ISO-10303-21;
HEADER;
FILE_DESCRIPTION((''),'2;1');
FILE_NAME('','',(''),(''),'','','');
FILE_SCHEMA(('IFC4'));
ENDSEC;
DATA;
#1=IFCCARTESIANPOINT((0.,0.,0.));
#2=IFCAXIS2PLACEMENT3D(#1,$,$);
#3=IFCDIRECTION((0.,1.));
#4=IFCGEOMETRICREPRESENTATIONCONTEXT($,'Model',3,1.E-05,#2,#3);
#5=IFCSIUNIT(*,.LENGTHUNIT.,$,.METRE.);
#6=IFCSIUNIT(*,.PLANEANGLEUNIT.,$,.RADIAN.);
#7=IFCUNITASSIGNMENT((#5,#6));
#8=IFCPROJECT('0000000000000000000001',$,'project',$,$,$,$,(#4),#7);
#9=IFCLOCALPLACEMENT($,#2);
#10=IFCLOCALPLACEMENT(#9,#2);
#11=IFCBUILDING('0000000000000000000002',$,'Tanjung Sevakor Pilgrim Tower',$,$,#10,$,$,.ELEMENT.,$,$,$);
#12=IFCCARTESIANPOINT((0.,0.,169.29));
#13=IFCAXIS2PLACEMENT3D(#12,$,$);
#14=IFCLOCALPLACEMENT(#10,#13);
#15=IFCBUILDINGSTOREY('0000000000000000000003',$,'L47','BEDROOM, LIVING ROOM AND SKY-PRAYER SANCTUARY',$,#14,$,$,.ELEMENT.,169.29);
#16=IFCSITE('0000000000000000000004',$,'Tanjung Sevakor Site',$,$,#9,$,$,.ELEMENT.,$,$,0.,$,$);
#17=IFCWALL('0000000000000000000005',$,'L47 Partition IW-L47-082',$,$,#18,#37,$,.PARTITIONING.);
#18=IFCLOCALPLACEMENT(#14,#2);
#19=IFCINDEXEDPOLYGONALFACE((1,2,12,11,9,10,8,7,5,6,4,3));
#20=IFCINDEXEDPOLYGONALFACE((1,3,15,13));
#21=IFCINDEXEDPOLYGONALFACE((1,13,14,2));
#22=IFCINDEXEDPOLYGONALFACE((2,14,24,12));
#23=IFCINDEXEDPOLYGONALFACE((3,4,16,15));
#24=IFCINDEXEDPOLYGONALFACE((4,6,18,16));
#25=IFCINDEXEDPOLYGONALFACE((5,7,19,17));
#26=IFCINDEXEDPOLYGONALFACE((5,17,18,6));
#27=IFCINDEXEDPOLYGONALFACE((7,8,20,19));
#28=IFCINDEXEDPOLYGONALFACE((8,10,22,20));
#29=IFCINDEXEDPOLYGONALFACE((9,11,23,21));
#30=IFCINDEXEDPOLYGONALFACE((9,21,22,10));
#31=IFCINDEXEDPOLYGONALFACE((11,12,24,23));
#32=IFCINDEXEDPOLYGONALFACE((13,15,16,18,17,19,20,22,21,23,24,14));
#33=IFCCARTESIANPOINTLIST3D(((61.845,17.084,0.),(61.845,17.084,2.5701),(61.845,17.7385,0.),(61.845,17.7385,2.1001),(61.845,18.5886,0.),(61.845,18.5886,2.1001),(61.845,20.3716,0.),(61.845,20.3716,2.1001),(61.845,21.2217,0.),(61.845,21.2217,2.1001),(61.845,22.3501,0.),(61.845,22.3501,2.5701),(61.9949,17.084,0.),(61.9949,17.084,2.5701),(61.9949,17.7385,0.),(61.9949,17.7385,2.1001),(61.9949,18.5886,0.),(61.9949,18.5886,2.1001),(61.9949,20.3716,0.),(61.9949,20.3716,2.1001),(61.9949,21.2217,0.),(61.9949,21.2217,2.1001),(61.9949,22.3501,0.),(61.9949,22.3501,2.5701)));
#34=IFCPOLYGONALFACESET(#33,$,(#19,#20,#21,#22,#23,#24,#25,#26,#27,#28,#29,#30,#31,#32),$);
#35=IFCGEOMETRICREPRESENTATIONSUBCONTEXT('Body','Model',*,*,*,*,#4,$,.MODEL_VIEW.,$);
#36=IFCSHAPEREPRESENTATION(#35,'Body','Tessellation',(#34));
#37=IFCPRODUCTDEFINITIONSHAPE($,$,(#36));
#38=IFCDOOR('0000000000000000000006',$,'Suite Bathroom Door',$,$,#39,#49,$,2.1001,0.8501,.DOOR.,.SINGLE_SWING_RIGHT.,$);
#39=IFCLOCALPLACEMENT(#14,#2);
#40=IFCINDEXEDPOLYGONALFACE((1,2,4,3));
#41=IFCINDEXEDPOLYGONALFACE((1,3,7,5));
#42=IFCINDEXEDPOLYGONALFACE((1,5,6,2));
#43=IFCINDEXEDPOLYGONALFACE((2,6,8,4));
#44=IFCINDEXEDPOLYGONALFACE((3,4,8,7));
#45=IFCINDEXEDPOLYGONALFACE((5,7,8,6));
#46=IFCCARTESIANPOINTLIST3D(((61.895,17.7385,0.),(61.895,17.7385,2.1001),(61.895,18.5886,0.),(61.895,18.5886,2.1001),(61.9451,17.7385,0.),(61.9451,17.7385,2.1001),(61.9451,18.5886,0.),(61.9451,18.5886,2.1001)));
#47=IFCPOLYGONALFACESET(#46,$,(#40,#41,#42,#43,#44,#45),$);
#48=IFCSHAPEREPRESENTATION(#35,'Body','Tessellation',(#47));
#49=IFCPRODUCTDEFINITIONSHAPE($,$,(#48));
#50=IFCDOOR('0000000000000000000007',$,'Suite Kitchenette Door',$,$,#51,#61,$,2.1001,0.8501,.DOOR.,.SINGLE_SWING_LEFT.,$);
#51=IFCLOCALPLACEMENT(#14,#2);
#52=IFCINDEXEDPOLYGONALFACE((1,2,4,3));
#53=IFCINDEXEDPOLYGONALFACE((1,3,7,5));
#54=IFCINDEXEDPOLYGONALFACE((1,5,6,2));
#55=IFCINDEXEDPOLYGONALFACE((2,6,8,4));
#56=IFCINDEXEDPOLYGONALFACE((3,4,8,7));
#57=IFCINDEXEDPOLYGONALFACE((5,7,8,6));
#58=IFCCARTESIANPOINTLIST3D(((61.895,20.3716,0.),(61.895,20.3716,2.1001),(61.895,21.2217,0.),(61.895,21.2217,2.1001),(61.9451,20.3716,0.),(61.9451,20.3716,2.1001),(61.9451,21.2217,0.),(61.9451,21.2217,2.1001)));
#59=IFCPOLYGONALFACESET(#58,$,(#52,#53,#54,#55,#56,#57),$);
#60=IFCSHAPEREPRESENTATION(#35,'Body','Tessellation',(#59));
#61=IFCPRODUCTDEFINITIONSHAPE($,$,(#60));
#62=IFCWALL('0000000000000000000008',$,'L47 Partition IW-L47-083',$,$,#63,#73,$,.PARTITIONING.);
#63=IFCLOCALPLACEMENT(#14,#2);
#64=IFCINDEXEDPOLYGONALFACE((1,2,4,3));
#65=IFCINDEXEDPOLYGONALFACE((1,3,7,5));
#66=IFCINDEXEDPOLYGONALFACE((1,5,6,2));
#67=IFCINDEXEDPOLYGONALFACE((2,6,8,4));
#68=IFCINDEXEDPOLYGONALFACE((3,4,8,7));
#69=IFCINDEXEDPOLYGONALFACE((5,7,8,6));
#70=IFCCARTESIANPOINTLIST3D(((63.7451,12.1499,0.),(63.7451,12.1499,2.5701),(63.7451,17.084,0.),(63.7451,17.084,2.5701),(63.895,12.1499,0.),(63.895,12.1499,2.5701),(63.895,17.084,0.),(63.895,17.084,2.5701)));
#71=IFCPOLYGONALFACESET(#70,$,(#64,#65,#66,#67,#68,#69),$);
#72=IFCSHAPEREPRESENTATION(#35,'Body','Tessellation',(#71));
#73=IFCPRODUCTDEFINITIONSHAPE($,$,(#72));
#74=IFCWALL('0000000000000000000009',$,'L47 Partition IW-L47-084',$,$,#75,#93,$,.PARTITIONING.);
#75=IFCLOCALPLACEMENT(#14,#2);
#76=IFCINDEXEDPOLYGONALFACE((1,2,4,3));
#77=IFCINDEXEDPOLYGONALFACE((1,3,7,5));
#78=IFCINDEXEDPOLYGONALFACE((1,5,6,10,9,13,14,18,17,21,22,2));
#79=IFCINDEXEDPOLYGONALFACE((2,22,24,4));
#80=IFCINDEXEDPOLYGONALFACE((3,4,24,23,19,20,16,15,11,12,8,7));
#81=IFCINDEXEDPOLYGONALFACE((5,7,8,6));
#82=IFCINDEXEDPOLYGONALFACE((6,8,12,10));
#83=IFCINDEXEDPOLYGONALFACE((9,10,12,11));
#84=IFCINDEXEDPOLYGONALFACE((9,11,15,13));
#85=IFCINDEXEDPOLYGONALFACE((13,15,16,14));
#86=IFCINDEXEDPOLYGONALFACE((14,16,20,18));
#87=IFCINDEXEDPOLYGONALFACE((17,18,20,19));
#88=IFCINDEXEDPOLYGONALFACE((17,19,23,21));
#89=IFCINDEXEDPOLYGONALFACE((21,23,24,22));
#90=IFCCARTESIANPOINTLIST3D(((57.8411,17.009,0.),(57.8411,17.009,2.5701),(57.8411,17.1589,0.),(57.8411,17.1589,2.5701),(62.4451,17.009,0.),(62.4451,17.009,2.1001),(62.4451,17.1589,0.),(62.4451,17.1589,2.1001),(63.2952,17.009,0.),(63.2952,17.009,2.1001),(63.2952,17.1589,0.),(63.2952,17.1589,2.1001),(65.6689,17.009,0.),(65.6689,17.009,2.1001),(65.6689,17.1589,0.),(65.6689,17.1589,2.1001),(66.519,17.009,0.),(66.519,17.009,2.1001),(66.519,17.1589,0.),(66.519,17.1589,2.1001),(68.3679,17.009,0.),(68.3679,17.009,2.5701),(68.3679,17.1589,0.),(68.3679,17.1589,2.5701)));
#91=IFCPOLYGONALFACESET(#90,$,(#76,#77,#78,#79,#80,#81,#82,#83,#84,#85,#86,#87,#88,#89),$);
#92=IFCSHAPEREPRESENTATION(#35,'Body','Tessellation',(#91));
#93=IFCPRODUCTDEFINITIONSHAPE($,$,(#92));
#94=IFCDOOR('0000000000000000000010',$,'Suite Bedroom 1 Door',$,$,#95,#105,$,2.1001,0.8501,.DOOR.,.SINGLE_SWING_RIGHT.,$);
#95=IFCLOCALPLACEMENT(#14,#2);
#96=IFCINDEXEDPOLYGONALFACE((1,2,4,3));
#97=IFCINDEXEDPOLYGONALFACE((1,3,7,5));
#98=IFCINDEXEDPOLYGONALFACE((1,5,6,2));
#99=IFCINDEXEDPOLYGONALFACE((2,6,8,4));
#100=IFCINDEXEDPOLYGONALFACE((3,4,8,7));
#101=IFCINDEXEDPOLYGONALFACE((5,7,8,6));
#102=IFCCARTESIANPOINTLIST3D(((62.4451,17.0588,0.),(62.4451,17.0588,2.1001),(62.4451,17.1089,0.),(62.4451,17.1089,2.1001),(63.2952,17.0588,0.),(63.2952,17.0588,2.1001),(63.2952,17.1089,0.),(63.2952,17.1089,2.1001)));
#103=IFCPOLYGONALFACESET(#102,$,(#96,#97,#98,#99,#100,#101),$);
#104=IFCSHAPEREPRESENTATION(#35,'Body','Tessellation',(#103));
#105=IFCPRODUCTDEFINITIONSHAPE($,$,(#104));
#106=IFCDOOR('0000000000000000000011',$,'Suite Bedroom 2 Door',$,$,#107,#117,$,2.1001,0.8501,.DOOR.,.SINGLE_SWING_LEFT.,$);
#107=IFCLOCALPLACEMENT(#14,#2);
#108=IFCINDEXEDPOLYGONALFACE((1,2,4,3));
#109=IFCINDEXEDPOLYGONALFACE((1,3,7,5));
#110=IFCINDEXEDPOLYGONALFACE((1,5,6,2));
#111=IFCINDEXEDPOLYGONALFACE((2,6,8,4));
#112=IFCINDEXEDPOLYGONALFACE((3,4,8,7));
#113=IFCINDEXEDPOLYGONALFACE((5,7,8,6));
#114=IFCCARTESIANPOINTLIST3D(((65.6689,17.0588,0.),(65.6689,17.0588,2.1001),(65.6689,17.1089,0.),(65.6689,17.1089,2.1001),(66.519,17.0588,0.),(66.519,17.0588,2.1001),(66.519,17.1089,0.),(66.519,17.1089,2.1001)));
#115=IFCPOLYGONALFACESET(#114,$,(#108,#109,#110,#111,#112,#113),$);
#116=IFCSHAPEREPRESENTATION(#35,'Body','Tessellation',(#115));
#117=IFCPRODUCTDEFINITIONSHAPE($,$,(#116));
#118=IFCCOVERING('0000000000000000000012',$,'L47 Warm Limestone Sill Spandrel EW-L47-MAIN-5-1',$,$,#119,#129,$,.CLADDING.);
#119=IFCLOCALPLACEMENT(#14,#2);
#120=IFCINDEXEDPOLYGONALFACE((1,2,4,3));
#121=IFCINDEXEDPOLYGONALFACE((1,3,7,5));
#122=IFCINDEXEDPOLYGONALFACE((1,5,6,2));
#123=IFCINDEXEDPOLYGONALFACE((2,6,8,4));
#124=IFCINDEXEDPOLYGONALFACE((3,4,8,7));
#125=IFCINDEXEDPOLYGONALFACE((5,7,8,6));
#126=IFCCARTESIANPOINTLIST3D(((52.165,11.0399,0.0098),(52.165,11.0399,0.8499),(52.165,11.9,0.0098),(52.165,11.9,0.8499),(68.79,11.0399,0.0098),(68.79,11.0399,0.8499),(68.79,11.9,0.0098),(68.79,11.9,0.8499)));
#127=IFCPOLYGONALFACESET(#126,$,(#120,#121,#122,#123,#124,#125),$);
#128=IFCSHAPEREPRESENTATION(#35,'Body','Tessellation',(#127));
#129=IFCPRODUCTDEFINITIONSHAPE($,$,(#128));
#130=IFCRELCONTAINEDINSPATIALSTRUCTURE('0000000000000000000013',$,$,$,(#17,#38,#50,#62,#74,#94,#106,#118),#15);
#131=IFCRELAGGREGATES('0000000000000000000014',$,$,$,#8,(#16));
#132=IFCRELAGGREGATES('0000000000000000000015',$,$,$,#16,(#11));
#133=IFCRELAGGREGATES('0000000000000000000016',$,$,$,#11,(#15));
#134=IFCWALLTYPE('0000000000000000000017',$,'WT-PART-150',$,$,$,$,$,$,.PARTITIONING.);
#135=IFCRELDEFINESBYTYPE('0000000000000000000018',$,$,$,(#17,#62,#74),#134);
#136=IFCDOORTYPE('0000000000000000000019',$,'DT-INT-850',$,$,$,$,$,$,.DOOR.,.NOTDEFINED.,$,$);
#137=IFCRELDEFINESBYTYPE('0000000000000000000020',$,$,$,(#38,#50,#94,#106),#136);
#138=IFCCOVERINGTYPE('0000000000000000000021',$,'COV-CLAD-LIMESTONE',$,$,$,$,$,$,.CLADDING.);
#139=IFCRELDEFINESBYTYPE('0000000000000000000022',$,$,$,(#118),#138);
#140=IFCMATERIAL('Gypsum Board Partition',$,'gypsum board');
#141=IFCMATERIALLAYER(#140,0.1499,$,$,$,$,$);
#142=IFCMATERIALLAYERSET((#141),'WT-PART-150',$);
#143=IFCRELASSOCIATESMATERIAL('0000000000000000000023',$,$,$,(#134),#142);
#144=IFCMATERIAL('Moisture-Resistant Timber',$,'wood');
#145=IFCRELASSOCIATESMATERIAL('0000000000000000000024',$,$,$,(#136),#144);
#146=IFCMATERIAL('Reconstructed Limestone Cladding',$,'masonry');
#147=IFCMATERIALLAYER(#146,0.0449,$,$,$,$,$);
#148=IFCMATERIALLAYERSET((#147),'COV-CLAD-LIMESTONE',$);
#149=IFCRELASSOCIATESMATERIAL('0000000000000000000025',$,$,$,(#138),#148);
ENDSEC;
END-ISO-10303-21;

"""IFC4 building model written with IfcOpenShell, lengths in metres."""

from ifc_helpers import new_model, si_unit, direction, frame, frame_2d, origin, origin_2d, place, context, subcontext, project, spatial, rectangle, extrude, material, layer, layer_set, type_object, element, fill, save


model = new_model("IFC4")

# Units and contexts
model_context = context("Model", 3, precision=1e-05, world=origin(), true_north=direction((0.0, 1.0)))
body_context = subcontext(model_context, "Body", "Model", "MODEL_VIEW")
ifc_project = project(units=[si_unit("LENGTHUNIT", "METRE"), si_unit("PLANEANGLEUNIT", "RADIAN")], contexts=[model_context])

# Site, building, storey
site_placement = place(None, origin())
site = spatial("IfcSite", under=ifc_project, at=site_placement, Name="Tanjung Sevakor Site", CompositionType="ELEMENT", RefElevation=0.0)
building_placement = place(site_placement, origin())
building = spatial("IfcBuilding", under=site, at=building_placement, Name="Tanjung Sevakor Pilgrim Tower", CompositionType="ELEMENT")
storey_placement = place(building_placement, frame((0.0, 0.0, 169.29)))
storey = spatial("IfcBuildingStorey", under=building, at=storey_placement, Name="L47", Description="BEDROOM, LIVING ROOM AND SKY-PRAYER SANCTUARY", CompositionType="ELEMENT", Elevation=169.29)

# Shared definitions
ifc_material_1 = material(Name="Gypsum Board Partition", Category="gypsum board")
ifc_layer_1 = layer(ifc_material_1, 0.1499)
ifc_layer_set_1 = layer_set([ifc_layer_1], Name="WT-PART-150")
wall_type_1 = type_object("IfcWallType", Name="WT-PART-150", PredefinedType="PARTITIONING", material=ifc_layer_set_1)

# Wall, openings, doors
wall_1_placement = place(storey_placement, frame((61.9199, 17.084, 0.0), z_axis=(0.0, 0.0, 1.0), x_axis=(0.0, 1.0, 0.0)))
wall_1 = element("IfcWall", 1, at=wall_1_placement, inside=storey, type_object=wall_type_1, Name="L47 Partition IW-L47-082", PredefinedType="PARTITIONING", context=body_context, shape_type="SweptSolid", body=[
    extrude(rectangle(XDim=5.2661, YDim=0.1499, at=frame_2d((2.6331, 0.0))), origin(), (0.0, 0.0, 1.0), 2.5701),
])
opening_1_placement = place(wall_1_placement, frame((0.6545, 0.0, 0.0)))
opening_1 = element("IfcOpeningElement", 2, at=opening_1_placement, cuts=wall_1, PredefinedType="OPENING", context=body_context, shape_type="SweptSolid", body=[
    extrude(rectangle(XDim=0.8501, YDim=2.1001, at=frame_2d((0.425, 1.05))), frame((0.0, 0.085, 0.0), z_axis=(0.0, -1.0, 0.0), x_axis=(1.0, 0.0, 0.0)), (0.0, 0.0, 1.0), 0.1699),
])
opening_2_placement = place(wall_1_placement, frame((3.2876, 0.0, 0.0)))
opening_2 = element("IfcOpeningElement", 3, at=opening_2_placement, cuts=wall_1, PredefinedType="OPENING", context=body_context, shape_type="SweptSolid", body=[
    extrude(rectangle(XDim=0.8501, YDim=2.1001, at=frame_2d((0.425, 1.05))), frame((0.0, 0.085, 0.0), z_axis=(0.0, -1.0, 0.0), x_axis=(1.0, 0.0, 0.0)), (0.0, 0.0, 1.0), 0.1699),
])
ifc_material_2 = material(Name="Moisture-Resistant Timber", Category="wood")
door_type_1 = type_object("IfcDoorType", Name="DT-INT-850", OperationType="NOTDEFINED", PredefinedType="DOOR", material=ifc_material_2)
door_1_placement = place(opening_1_placement, origin())
door_1 = element("IfcDoor", 4, at=door_1_placement, inside=storey, type_object=door_type_1, Name="Suite Bathroom Door", OperationType="SINGLE_SWING_RIGHT", OverallHeight=2.1001, OverallWidth=0.8501, PredefinedType="DOOR", context=body_context, shape_type="SweptSolid", body=[
    extrude(rectangle(XDim=0.8501, YDim=2.1001, at=frame_2d((0.425, 1.05))), frame((0.0, 0.0249, 0.0), z_axis=(0.0, -1.0, 0.0), x_axis=(1.0, 0.0, 0.0)), (0.0, 0.0, 1.0), 0.05),
])
fill(opening_1, door_1)
door_2_placement = place(opening_2_placement, origin())
door_2 = element("IfcDoor", 5, at=door_2_placement, inside=storey, type_object=door_type_1, Name="Suite Kitchenette Door", OperationType="SINGLE_SWING_LEFT", OverallHeight=2.1001, OverallWidth=0.8501, PredefinedType="DOOR", context=body_context, shape_type="SweptSolid", body=[
    extrude(rectangle(XDim=0.8501, YDim=2.1001, at=frame_2d((0.425, 1.05))), frame((0.0, 0.0249, 0.0), z_axis=(0.0, -1.0, 0.0), x_axis=(1.0, 0.0, 0.0)), (0.0, 0.0, 1.0), 0.05),
])
fill(opening_2, door_2)

# Wall
wall_2_placement = place(storey_placement, frame((63.8201, 12.1499, 0.0), z_axis=(0.0, 0.0, 1.0), x_axis=(0.0, 1.0, 0.0)))
element("IfcWall", 6, at=wall_2_placement, inside=storey, type_object=wall_type_1, Name="L47 Partition IW-L47-083", PredefinedType="PARTITIONING", context=body_context, shape_type="SweptSolid", body=[
    extrude(rectangle(XDim=4.9341, YDim=0.1499, at=frame_2d((2.467, 0.0))), origin(), (0.0, 0.0, 1.0), 2.5701),
])

# Wall, openings, doors
wall_3_placement = place(storey_placement, frame((57.8411, 17.084, 0.0), z_axis=(0.0, 0.0, 1.0), x_axis=(1.0, 0.0, 0.0)))
wall_3 = element("IfcWall", 7, at=wall_3_placement, inside=storey, type_object=wall_type_1, Name="L47 Partition IW-L47-084", PredefinedType="PARTITIONING", context=body_context, shape_type="SweptSolid", body=[
    extrude(rectangle(XDim=10.5269, YDim=0.1499, at=frame_2d((5.2634, 0.0))), origin(), (0.0, 0.0, 1.0), 2.5701),
])
opening_3_placement = place(wall_3_placement, frame((4.604, 0.0, 0.0)))
opening_3 = element("IfcOpeningElement", 8, at=opening_3_placement, cuts=wall_3, PredefinedType="OPENING", context=body_context, shape_type="SweptSolid", body=[
    extrude(rectangle(XDim=0.8501, YDim=2.1001, at=frame_2d((0.425, 1.05))), frame((0.0, 0.085, 0.0), z_axis=(0.0, -1.0, 0.0), x_axis=(1.0, 0.0, 0.0)), (0.0, 0.0, 1.0), 0.1699),
])
opening_4_placement = place(wall_3_placement, frame((7.8279, 0.0, 0.0)))
opening_4 = element("IfcOpeningElement", 9, at=opening_4_placement, cuts=wall_3, PredefinedType="OPENING", context=body_context, shape_type="SweptSolid", body=[
    extrude(rectangle(XDim=0.8501, YDim=2.1001, at=frame_2d((0.425, 1.05))), frame((0.0, 0.085, 0.0), z_axis=(0.0, -1.0, 0.0), x_axis=(1.0, 0.0, 0.0)), (0.0, 0.0, 1.0), 0.1699),
])
door_3_placement = place(opening_3_placement, origin())
door_3 = element("IfcDoor", 10, at=door_3_placement, inside=storey, type_object=door_type_1, Name="Suite Bedroom 1 Door", OperationType="SINGLE_SWING_RIGHT", OverallHeight=2.1001, OverallWidth=0.8501, PredefinedType="DOOR", context=body_context, shape_type="SweptSolid", body=[
    extrude(rectangle(XDim=0.8501, YDim=2.1001, at=frame_2d((0.425, 1.05))), frame((0.0, 0.0249, 0.0), z_axis=(0.0, -1.0, 0.0), x_axis=(1.0, 0.0, 0.0)), (0.0, 0.0, 1.0), 0.05),
])
fill(opening_3, door_3)
door_4_placement = place(opening_4_placement, origin())
door_4 = element("IfcDoor", 11, at=door_4_placement, inside=storey, type_object=door_type_1, Name="Suite Bedroom 2 Door", OperationType="SINGLE_SWING_LEFT", OverallHeight=2.1001, OverallWidth=0.8501, PredefinedType="DOOR", context=body_context, shape_type="SweptSolid", body=[
    extrude(rectangle(XDim=0.8501, YDim=2.1001, at=frame_2d((0.425, 1.05))), frame((0.0, 0.0249, 0.0), z_axis=(0.0, -1.0, 0.0), x_axis=(1.0, 0.0, 0.0)), (0.0, 0.0, 1.0), 0.05),
])
fill(opening_4, door_4)

# Covering
ifc_material_3 = material(Name="Reconstructed Limestone Cladding", Category="masonry")
ifc_layer_2 = layer(ifc_material_3, 0.0449)
ifc_layer_set_2 = layer_set([ifc_layer_2], Name="COV-CLAD-LIMESTONE")
covering_type = type_object("IfcCoveringType", Name="COV-CLAD-LIMESTONE", PredefinedType="CLADDING", material=ifc_layer_set_2)
covering_placement = place(storey_placement, frame((60.4775, 11.47, 0.0098), z_axis=(0.0, 0.0, 1.0), x_axis=(1.0, 0.0, 0.0)))
element("IfcCovering", 12, at=covering_placement, inside=storey, type_object=covering_type, Name="L47 Warm Limestone Sill Spandrel EW-L47-MAIN-5-1", PredefinedType="CLADDING", context=body_context, shape_type="SweptSolid", body=[
    extrude(rectangle(XDim=16.625, YDim=0.8601, at=origin_2d()), origin(), (0.0, 0.0, 1.0), 0.8401),
])

save(model, "model.ifc")
